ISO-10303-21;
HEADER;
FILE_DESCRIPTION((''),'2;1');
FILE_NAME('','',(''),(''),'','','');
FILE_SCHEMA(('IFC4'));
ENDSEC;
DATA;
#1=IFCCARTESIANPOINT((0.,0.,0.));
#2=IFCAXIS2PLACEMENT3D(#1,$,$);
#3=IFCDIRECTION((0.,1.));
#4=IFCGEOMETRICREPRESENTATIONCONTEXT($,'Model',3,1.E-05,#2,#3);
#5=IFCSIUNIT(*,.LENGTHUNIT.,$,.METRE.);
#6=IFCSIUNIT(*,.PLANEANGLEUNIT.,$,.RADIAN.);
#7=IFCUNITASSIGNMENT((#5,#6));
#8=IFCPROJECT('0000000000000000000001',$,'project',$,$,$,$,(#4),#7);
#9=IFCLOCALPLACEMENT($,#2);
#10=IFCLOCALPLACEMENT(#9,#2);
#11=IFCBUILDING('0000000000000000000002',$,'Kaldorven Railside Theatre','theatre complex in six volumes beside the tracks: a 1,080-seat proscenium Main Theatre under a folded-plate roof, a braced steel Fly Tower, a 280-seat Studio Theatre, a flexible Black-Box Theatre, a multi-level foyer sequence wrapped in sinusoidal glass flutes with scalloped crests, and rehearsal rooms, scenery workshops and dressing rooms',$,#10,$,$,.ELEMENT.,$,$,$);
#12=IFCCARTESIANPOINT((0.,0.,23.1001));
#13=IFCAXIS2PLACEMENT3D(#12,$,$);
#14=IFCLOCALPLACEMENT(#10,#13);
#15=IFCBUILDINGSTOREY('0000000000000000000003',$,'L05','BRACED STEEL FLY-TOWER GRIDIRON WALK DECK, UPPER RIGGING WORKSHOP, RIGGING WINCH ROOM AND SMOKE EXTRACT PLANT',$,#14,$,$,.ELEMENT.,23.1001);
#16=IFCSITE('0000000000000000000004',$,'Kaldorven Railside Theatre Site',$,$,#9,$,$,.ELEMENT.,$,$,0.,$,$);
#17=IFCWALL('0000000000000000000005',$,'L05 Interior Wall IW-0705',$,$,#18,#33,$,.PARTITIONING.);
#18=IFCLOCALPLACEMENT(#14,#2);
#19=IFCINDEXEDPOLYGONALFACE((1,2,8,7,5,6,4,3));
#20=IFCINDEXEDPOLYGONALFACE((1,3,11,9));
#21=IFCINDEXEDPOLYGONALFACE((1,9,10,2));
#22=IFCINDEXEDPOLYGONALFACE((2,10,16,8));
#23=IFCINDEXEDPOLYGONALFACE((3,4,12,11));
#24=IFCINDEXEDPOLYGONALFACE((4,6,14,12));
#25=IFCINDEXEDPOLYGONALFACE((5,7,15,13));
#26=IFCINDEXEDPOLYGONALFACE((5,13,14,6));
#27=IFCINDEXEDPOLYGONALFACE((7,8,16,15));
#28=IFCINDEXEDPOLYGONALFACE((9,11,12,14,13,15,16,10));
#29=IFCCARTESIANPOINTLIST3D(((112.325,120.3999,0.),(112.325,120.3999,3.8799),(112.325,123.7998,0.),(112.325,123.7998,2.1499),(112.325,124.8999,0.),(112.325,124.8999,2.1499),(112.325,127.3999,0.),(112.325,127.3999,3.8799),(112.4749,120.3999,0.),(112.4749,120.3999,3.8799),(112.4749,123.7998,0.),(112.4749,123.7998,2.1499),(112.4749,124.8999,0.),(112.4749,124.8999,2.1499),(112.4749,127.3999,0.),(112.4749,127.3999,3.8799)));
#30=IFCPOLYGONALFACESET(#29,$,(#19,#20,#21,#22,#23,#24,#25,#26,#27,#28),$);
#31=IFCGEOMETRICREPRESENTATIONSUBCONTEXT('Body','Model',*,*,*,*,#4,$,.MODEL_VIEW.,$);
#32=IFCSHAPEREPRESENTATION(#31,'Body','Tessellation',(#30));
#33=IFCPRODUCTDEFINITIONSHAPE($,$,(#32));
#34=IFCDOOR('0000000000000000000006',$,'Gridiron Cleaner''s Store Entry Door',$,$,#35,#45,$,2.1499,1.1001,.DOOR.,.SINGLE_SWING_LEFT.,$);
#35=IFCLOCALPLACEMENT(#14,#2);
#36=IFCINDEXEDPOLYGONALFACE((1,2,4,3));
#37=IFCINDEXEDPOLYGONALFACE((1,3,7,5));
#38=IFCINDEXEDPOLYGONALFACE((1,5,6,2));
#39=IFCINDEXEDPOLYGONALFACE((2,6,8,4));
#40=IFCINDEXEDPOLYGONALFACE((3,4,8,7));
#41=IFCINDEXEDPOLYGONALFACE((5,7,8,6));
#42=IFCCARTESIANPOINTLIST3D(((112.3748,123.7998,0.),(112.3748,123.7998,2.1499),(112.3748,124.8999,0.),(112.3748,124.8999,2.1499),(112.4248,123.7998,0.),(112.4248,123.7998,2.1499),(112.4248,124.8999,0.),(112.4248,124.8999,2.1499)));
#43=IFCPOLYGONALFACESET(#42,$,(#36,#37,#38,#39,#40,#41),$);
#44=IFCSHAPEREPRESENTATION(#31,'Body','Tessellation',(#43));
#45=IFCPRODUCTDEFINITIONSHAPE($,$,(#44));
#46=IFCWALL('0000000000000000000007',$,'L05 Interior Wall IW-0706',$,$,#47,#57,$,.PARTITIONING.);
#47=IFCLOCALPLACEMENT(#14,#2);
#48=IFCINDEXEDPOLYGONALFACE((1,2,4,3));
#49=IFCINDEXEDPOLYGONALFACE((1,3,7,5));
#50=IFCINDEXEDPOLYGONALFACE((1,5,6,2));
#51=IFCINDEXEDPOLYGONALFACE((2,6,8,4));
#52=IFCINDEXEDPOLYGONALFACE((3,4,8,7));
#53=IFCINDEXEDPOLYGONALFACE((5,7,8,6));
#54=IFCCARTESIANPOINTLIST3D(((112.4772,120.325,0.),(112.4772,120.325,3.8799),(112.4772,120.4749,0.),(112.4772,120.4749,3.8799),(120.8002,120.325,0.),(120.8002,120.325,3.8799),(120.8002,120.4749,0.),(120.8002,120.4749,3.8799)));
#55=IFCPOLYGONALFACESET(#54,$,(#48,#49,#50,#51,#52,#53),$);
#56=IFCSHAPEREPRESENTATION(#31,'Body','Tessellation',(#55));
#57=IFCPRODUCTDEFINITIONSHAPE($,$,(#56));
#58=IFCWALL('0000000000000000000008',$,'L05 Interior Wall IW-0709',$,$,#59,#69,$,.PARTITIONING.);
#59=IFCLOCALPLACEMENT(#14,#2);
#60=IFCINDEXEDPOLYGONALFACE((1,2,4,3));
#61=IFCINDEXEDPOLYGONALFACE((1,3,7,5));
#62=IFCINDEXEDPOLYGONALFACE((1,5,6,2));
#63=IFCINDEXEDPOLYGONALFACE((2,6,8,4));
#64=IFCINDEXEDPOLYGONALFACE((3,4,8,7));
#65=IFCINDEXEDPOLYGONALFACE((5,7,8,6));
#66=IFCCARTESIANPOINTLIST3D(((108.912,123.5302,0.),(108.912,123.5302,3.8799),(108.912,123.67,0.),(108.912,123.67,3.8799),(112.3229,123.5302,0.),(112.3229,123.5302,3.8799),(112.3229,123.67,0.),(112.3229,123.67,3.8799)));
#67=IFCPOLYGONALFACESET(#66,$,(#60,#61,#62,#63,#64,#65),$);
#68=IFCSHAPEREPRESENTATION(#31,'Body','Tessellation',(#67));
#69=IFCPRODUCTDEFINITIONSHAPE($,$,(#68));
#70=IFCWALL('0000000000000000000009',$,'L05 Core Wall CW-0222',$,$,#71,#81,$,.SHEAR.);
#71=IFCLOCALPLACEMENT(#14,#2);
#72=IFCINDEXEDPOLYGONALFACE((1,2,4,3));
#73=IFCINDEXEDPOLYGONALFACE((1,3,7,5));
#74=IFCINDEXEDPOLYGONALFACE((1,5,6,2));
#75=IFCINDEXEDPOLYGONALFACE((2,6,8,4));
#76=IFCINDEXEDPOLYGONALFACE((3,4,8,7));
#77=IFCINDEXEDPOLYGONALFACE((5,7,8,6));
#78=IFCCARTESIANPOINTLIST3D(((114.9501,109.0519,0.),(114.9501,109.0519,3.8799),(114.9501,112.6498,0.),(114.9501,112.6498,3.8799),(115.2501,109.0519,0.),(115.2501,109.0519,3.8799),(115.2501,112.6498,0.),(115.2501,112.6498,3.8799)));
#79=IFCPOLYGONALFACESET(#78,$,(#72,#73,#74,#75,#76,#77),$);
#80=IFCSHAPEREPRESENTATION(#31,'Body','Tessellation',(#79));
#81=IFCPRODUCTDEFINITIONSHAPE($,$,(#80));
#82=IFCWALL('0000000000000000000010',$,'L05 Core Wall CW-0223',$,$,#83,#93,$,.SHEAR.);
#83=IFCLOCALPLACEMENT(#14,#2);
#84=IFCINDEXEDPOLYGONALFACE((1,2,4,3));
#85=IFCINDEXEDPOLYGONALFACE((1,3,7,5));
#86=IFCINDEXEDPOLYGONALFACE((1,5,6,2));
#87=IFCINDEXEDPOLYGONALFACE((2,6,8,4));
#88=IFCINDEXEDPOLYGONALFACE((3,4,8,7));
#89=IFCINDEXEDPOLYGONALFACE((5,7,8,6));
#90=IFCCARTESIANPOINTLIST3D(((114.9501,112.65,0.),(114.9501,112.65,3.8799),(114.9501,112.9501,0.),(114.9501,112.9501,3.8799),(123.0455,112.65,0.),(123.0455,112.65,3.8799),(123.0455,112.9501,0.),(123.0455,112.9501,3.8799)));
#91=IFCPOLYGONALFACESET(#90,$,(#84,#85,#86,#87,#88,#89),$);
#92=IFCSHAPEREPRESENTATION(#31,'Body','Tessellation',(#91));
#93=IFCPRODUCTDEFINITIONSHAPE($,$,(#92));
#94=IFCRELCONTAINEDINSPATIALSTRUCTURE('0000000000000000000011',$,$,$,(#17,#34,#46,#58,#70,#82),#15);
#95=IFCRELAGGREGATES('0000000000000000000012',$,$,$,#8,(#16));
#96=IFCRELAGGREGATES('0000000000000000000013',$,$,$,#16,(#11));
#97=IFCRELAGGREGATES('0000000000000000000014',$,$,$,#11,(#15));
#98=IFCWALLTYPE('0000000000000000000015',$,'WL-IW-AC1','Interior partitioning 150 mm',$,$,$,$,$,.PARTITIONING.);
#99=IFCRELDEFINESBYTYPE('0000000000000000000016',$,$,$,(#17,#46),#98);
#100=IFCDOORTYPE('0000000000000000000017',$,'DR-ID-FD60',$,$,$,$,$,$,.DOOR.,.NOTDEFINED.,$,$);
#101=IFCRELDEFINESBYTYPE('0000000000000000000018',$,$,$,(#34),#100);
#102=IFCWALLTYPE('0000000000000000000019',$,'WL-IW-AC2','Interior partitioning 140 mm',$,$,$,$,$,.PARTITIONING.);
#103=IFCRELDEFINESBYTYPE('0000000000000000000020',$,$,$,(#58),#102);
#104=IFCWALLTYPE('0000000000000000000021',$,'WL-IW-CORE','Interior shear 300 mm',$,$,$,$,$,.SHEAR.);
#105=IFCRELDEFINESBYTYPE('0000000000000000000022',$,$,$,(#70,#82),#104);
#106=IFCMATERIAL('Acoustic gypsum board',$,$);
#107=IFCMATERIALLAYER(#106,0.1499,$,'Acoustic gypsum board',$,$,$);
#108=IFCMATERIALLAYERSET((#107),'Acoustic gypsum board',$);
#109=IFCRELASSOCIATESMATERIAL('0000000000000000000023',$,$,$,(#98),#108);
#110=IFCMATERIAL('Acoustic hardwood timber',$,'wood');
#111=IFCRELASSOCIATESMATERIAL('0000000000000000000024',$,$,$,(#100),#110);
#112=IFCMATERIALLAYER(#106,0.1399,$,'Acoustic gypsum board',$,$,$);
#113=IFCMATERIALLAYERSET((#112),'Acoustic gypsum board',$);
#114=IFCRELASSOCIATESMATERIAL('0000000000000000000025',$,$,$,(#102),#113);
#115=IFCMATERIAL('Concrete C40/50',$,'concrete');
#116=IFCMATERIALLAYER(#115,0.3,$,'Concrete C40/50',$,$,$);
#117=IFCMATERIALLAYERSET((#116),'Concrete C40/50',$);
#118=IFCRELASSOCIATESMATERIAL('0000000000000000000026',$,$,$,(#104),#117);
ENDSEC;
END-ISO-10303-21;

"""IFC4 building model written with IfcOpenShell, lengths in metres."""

from ifc_helpers import new_model, si_unit, direction, frame, frame_2d, origin, place, context, subcontext, project, spatial, rectangle, extrude, material, layer, layer_set, type_object, element, fill, save


model = new_model("IFC4")

# Units and contexts
model_context = context("Model", 3, precision=1e-05, world=origin(), true_north=direction((0.0, 1.0)))
body_context = subcontext(model_context, "Body", "Model", "MODEL_VIEW")
ifc_project = project(units=[si_unit("LENGTHUNIT", "METRE"), si_unit("PLANEANGLEUNIT", "RADIAN")], contexts=[model_context])

# Site, building, storey
site_placement = place(None, origin())
site = spatial("IfcSite", under=ifc_project, at=site_placement, Name="Kaldorven Railside Theatre Site", CompositionType="ELEMENT", RefElevation=0.0)
building_placement = place(site_placement, origin())
building = spatial("IfcBuilding", under=site, at=building_placement, Name="Kaldorven Railside Theatre", Description="theatre complex in six volumes beside the tracks: a 1,080-seat proscenium Main Theatre under a folded-plate roof, a braced steel Fly Tower, a 280-seat Studio Theatre, a flexible Black-Box Theatre, a multi-level foyer sequence wrapped in sinusoidal glass flutes with scalloped crests, and rehearsal rooms, scenery workshops and dressing rooms", CompositionType="ELEMENT")
storey_placement = place(building_placement, frame((0.0, 0.0, 23.1001)))
storey = spatial("IfcBuildingStorey", under=building, at=storey_placement, Name="L05", Description="BRACED STEEL FLY-TOWER GRIDIRON WALK DECK, UPPER RIGGING WORKSHOP, RIGGING WINCH ROOM AND SMOKE EXTRACT PLANT", CompositionType="ELEMENT", Elevation=23.1001)

# Shared definitions
ifc_material_1 = material(Name="Concrete C40/50", Category="concrete")

# Shared definitions
ifc_material_2 = material(Name="Acoustic gypsum board")
ifc_layer_1 = layer(ifc_material_2, 0.1499, Name="Acoustic gypsum board")
ifc_layer_set_1 = layer_set([ifc_layer_1], Name="Acoustic gypsum board")
wall_type_1 = type_object("IfcWallType", Name="WL-IW-AC1", Description="Interior partitioning 150 mm", PredefinedType="PARTITIONING", material=ifc_layer_set_1)

# Wall, opening, door
wall_1_placement = place(storey_placement, frame((112.3999, 127.3999, 0.0), z_axis=(0.0, 0.0, 1.0), x_axis=(0.0, -1.0, 0.0)))
wall_1 = element("IfcWall", 1, at=wall_1_placement, inside=storey, type_object=wall_type_1, Name="L05 Interior Wall IW-0705", PredefinedType="PARTITIONING", context=body_context, shape_type="SweptSolid", body=[
    extrude(rectangle(XDim=7.0, YDim=0.1499, at=frame_2d((3.5, 0.0))), origin(), (0.0, 0.0, 1.0), 3.8799),
])
opening_placement = place(wall_1_placement, frame((2.5, 0.0, 0.0)))
opening = element("IfcOpeningElement", 2, at=opening_placement, cuts=wall_1, PredefinedType="OPENING", context=body_context, shape_type="SweptSolid", body=[
    extrude(rectangle(XDim=1.1001, YDim=2.1499, at=frame_2d((0.55, 1.075))), frame((0.0, 0.085, 0.0), z_axis=(0.0, -1.0, 0.0), x_axis=(1.0, 0.0, 0.0)), (0.0, 0.0, 1.0), 0.1699),
])
ifc_material_3 = material(Name="Acoustic hardwood timber", Category="wood")
door_type = type_object("IfcDoorType", Name="DR-ID-FD60", OperationType="NOTDEFINED", PredefinedType="DOOR", material=ifc_material_3)
door_placement = place(opening_placement, origin())
door = element("IfcDoor", 3, at=door_placement, inside=storey, type_object=door_type, Name="Gridiron Cleaner's Store Entry Door", OperationType="SINGLE_SWING_LEFT", OverallHeight=2.1499, OverallWidth=1.1001, PredefinedType="DOOR", context=body_context, shape_type="SweptSolid", body=[
    extrude(rectangle(XDim=1.1001, YDim=2.1499, at=frame_2d((0.55, 1.075))), frame((0.0, 0.0249, 0.0), z_axis=(0.0, -1.0, 0.0), x_axis=(1.0, 0.0, 0.0)), (0.0, 0.0, 1.0), 0.05),
])
fill(opening, door)

# Walls
wall_2_placement = place(storey_placement, frame((112.4771, 120.3999, 0.0), z_axis=(0.0, 0.0, 1.0), x_axis=(1.0, 0.0, 0.0)))
element("IfcWall", 4, at=wall_2_placement, inside=storey, type_object=wall_type_1, Name="L05 Interior Wall IW-0706", PredefinedType="PARTITIONING", context=body_context, shape_type="SweptSolid", body=[
    extrude(rectangle(XDim=8.323, YDim=0.1499, at=frame_2d((4.1616, 0.0))), origin(), (0.0, 0.0, 1.0), 3.8799),
])
ifc_layer_2 = layer(ifc_material_2, 0.1399, Name="Acoustic gypsum board")
ifc_layer_set_2 = layer_set([ifc_layer_2], Name="Acoustic gypsum board")
wall_type_2 = type_object("IfcWallType", Name="WL-IW-AC2", Description="Interior partitioning 140 mm", PredefinedType="PARTITIONING", material=ifc_layer_set_2)
wall_3_placement = place(storey_placement, frame((112.323, 123.6001, 0.0), z_axis=(0.0, 0.0, 1.0), x_axis=(-1.0, 0.0, 0.0)))
element("IfcWall", 5, at=wall_3_placement, inside=storey, type_object=wall_type_2, Name="L05 Interior Wall IW-0709", PredefinedType="PARTITIONING", context=body_context, shape_type="SweptSolid", body=[
    extrude(rectangle(XDim=3.4109, YDim=0.1399, at=frame_2d((1.7056, 0.0))), origin(), (0.0, 0.0, 1.0), 3.8799),
])
ifc_layer_3 = layer(ifc_material_1, 0.3, Name="Concrete C40/50")
ifc_layer_set_3 = layer_set([ifc_layer_3], Name="Concrete C40/50")
wall_type_3 = type_object("IfcWallType", Name="WL-IW-CORE", Description="Interior shear 300 mm", PredefinedType="SHEAR", material=ifc_layer_set_3)
wall_4_placement = place(storey_placement, frame((115.1001, 109.052, 0.0), z_axis=(0.0, 0.0, 1.0), x_axis=(0.0, 1.0, 0.0)))
element("IfcWall", 6, at=wall_4_placement, inside=storey, type_object=wall_type_3, Name="L05 Core Wall CW-0222", PredefinedType="SHEAR", context=body_context, shape_type="SweptSolid", body=[
    extrude(rectangle(XDim=3.5979, YDim=0.3, at=frame_2d((1.7988, 0.0))), origin(), (0.0, 0.0, 1.0), 3.8799),
])
wall_5_placement = place(storey_placement, frame((114.95, 112.8, 0.0), z_axis=(0.0, 0.0, 1.0), x_axis=(1.0, 0.0, 0.0)))
element("IfcWall", 7, at=wall_5_placement, inside=storey, type_object=wall_type_3, Name="L05 Core Wall CW-0223", PredefinedType="SHEAR", context=body_context, shape_type="SweptSolid", body=[
    extrude(rectangle(XDim=8.0955, YDim=0.3, at=frame_2d((4.0479, 0.0))), origin(), (0.0, 0.0, 1.0), 3.8799),
])

save(model, "model.ifc")
